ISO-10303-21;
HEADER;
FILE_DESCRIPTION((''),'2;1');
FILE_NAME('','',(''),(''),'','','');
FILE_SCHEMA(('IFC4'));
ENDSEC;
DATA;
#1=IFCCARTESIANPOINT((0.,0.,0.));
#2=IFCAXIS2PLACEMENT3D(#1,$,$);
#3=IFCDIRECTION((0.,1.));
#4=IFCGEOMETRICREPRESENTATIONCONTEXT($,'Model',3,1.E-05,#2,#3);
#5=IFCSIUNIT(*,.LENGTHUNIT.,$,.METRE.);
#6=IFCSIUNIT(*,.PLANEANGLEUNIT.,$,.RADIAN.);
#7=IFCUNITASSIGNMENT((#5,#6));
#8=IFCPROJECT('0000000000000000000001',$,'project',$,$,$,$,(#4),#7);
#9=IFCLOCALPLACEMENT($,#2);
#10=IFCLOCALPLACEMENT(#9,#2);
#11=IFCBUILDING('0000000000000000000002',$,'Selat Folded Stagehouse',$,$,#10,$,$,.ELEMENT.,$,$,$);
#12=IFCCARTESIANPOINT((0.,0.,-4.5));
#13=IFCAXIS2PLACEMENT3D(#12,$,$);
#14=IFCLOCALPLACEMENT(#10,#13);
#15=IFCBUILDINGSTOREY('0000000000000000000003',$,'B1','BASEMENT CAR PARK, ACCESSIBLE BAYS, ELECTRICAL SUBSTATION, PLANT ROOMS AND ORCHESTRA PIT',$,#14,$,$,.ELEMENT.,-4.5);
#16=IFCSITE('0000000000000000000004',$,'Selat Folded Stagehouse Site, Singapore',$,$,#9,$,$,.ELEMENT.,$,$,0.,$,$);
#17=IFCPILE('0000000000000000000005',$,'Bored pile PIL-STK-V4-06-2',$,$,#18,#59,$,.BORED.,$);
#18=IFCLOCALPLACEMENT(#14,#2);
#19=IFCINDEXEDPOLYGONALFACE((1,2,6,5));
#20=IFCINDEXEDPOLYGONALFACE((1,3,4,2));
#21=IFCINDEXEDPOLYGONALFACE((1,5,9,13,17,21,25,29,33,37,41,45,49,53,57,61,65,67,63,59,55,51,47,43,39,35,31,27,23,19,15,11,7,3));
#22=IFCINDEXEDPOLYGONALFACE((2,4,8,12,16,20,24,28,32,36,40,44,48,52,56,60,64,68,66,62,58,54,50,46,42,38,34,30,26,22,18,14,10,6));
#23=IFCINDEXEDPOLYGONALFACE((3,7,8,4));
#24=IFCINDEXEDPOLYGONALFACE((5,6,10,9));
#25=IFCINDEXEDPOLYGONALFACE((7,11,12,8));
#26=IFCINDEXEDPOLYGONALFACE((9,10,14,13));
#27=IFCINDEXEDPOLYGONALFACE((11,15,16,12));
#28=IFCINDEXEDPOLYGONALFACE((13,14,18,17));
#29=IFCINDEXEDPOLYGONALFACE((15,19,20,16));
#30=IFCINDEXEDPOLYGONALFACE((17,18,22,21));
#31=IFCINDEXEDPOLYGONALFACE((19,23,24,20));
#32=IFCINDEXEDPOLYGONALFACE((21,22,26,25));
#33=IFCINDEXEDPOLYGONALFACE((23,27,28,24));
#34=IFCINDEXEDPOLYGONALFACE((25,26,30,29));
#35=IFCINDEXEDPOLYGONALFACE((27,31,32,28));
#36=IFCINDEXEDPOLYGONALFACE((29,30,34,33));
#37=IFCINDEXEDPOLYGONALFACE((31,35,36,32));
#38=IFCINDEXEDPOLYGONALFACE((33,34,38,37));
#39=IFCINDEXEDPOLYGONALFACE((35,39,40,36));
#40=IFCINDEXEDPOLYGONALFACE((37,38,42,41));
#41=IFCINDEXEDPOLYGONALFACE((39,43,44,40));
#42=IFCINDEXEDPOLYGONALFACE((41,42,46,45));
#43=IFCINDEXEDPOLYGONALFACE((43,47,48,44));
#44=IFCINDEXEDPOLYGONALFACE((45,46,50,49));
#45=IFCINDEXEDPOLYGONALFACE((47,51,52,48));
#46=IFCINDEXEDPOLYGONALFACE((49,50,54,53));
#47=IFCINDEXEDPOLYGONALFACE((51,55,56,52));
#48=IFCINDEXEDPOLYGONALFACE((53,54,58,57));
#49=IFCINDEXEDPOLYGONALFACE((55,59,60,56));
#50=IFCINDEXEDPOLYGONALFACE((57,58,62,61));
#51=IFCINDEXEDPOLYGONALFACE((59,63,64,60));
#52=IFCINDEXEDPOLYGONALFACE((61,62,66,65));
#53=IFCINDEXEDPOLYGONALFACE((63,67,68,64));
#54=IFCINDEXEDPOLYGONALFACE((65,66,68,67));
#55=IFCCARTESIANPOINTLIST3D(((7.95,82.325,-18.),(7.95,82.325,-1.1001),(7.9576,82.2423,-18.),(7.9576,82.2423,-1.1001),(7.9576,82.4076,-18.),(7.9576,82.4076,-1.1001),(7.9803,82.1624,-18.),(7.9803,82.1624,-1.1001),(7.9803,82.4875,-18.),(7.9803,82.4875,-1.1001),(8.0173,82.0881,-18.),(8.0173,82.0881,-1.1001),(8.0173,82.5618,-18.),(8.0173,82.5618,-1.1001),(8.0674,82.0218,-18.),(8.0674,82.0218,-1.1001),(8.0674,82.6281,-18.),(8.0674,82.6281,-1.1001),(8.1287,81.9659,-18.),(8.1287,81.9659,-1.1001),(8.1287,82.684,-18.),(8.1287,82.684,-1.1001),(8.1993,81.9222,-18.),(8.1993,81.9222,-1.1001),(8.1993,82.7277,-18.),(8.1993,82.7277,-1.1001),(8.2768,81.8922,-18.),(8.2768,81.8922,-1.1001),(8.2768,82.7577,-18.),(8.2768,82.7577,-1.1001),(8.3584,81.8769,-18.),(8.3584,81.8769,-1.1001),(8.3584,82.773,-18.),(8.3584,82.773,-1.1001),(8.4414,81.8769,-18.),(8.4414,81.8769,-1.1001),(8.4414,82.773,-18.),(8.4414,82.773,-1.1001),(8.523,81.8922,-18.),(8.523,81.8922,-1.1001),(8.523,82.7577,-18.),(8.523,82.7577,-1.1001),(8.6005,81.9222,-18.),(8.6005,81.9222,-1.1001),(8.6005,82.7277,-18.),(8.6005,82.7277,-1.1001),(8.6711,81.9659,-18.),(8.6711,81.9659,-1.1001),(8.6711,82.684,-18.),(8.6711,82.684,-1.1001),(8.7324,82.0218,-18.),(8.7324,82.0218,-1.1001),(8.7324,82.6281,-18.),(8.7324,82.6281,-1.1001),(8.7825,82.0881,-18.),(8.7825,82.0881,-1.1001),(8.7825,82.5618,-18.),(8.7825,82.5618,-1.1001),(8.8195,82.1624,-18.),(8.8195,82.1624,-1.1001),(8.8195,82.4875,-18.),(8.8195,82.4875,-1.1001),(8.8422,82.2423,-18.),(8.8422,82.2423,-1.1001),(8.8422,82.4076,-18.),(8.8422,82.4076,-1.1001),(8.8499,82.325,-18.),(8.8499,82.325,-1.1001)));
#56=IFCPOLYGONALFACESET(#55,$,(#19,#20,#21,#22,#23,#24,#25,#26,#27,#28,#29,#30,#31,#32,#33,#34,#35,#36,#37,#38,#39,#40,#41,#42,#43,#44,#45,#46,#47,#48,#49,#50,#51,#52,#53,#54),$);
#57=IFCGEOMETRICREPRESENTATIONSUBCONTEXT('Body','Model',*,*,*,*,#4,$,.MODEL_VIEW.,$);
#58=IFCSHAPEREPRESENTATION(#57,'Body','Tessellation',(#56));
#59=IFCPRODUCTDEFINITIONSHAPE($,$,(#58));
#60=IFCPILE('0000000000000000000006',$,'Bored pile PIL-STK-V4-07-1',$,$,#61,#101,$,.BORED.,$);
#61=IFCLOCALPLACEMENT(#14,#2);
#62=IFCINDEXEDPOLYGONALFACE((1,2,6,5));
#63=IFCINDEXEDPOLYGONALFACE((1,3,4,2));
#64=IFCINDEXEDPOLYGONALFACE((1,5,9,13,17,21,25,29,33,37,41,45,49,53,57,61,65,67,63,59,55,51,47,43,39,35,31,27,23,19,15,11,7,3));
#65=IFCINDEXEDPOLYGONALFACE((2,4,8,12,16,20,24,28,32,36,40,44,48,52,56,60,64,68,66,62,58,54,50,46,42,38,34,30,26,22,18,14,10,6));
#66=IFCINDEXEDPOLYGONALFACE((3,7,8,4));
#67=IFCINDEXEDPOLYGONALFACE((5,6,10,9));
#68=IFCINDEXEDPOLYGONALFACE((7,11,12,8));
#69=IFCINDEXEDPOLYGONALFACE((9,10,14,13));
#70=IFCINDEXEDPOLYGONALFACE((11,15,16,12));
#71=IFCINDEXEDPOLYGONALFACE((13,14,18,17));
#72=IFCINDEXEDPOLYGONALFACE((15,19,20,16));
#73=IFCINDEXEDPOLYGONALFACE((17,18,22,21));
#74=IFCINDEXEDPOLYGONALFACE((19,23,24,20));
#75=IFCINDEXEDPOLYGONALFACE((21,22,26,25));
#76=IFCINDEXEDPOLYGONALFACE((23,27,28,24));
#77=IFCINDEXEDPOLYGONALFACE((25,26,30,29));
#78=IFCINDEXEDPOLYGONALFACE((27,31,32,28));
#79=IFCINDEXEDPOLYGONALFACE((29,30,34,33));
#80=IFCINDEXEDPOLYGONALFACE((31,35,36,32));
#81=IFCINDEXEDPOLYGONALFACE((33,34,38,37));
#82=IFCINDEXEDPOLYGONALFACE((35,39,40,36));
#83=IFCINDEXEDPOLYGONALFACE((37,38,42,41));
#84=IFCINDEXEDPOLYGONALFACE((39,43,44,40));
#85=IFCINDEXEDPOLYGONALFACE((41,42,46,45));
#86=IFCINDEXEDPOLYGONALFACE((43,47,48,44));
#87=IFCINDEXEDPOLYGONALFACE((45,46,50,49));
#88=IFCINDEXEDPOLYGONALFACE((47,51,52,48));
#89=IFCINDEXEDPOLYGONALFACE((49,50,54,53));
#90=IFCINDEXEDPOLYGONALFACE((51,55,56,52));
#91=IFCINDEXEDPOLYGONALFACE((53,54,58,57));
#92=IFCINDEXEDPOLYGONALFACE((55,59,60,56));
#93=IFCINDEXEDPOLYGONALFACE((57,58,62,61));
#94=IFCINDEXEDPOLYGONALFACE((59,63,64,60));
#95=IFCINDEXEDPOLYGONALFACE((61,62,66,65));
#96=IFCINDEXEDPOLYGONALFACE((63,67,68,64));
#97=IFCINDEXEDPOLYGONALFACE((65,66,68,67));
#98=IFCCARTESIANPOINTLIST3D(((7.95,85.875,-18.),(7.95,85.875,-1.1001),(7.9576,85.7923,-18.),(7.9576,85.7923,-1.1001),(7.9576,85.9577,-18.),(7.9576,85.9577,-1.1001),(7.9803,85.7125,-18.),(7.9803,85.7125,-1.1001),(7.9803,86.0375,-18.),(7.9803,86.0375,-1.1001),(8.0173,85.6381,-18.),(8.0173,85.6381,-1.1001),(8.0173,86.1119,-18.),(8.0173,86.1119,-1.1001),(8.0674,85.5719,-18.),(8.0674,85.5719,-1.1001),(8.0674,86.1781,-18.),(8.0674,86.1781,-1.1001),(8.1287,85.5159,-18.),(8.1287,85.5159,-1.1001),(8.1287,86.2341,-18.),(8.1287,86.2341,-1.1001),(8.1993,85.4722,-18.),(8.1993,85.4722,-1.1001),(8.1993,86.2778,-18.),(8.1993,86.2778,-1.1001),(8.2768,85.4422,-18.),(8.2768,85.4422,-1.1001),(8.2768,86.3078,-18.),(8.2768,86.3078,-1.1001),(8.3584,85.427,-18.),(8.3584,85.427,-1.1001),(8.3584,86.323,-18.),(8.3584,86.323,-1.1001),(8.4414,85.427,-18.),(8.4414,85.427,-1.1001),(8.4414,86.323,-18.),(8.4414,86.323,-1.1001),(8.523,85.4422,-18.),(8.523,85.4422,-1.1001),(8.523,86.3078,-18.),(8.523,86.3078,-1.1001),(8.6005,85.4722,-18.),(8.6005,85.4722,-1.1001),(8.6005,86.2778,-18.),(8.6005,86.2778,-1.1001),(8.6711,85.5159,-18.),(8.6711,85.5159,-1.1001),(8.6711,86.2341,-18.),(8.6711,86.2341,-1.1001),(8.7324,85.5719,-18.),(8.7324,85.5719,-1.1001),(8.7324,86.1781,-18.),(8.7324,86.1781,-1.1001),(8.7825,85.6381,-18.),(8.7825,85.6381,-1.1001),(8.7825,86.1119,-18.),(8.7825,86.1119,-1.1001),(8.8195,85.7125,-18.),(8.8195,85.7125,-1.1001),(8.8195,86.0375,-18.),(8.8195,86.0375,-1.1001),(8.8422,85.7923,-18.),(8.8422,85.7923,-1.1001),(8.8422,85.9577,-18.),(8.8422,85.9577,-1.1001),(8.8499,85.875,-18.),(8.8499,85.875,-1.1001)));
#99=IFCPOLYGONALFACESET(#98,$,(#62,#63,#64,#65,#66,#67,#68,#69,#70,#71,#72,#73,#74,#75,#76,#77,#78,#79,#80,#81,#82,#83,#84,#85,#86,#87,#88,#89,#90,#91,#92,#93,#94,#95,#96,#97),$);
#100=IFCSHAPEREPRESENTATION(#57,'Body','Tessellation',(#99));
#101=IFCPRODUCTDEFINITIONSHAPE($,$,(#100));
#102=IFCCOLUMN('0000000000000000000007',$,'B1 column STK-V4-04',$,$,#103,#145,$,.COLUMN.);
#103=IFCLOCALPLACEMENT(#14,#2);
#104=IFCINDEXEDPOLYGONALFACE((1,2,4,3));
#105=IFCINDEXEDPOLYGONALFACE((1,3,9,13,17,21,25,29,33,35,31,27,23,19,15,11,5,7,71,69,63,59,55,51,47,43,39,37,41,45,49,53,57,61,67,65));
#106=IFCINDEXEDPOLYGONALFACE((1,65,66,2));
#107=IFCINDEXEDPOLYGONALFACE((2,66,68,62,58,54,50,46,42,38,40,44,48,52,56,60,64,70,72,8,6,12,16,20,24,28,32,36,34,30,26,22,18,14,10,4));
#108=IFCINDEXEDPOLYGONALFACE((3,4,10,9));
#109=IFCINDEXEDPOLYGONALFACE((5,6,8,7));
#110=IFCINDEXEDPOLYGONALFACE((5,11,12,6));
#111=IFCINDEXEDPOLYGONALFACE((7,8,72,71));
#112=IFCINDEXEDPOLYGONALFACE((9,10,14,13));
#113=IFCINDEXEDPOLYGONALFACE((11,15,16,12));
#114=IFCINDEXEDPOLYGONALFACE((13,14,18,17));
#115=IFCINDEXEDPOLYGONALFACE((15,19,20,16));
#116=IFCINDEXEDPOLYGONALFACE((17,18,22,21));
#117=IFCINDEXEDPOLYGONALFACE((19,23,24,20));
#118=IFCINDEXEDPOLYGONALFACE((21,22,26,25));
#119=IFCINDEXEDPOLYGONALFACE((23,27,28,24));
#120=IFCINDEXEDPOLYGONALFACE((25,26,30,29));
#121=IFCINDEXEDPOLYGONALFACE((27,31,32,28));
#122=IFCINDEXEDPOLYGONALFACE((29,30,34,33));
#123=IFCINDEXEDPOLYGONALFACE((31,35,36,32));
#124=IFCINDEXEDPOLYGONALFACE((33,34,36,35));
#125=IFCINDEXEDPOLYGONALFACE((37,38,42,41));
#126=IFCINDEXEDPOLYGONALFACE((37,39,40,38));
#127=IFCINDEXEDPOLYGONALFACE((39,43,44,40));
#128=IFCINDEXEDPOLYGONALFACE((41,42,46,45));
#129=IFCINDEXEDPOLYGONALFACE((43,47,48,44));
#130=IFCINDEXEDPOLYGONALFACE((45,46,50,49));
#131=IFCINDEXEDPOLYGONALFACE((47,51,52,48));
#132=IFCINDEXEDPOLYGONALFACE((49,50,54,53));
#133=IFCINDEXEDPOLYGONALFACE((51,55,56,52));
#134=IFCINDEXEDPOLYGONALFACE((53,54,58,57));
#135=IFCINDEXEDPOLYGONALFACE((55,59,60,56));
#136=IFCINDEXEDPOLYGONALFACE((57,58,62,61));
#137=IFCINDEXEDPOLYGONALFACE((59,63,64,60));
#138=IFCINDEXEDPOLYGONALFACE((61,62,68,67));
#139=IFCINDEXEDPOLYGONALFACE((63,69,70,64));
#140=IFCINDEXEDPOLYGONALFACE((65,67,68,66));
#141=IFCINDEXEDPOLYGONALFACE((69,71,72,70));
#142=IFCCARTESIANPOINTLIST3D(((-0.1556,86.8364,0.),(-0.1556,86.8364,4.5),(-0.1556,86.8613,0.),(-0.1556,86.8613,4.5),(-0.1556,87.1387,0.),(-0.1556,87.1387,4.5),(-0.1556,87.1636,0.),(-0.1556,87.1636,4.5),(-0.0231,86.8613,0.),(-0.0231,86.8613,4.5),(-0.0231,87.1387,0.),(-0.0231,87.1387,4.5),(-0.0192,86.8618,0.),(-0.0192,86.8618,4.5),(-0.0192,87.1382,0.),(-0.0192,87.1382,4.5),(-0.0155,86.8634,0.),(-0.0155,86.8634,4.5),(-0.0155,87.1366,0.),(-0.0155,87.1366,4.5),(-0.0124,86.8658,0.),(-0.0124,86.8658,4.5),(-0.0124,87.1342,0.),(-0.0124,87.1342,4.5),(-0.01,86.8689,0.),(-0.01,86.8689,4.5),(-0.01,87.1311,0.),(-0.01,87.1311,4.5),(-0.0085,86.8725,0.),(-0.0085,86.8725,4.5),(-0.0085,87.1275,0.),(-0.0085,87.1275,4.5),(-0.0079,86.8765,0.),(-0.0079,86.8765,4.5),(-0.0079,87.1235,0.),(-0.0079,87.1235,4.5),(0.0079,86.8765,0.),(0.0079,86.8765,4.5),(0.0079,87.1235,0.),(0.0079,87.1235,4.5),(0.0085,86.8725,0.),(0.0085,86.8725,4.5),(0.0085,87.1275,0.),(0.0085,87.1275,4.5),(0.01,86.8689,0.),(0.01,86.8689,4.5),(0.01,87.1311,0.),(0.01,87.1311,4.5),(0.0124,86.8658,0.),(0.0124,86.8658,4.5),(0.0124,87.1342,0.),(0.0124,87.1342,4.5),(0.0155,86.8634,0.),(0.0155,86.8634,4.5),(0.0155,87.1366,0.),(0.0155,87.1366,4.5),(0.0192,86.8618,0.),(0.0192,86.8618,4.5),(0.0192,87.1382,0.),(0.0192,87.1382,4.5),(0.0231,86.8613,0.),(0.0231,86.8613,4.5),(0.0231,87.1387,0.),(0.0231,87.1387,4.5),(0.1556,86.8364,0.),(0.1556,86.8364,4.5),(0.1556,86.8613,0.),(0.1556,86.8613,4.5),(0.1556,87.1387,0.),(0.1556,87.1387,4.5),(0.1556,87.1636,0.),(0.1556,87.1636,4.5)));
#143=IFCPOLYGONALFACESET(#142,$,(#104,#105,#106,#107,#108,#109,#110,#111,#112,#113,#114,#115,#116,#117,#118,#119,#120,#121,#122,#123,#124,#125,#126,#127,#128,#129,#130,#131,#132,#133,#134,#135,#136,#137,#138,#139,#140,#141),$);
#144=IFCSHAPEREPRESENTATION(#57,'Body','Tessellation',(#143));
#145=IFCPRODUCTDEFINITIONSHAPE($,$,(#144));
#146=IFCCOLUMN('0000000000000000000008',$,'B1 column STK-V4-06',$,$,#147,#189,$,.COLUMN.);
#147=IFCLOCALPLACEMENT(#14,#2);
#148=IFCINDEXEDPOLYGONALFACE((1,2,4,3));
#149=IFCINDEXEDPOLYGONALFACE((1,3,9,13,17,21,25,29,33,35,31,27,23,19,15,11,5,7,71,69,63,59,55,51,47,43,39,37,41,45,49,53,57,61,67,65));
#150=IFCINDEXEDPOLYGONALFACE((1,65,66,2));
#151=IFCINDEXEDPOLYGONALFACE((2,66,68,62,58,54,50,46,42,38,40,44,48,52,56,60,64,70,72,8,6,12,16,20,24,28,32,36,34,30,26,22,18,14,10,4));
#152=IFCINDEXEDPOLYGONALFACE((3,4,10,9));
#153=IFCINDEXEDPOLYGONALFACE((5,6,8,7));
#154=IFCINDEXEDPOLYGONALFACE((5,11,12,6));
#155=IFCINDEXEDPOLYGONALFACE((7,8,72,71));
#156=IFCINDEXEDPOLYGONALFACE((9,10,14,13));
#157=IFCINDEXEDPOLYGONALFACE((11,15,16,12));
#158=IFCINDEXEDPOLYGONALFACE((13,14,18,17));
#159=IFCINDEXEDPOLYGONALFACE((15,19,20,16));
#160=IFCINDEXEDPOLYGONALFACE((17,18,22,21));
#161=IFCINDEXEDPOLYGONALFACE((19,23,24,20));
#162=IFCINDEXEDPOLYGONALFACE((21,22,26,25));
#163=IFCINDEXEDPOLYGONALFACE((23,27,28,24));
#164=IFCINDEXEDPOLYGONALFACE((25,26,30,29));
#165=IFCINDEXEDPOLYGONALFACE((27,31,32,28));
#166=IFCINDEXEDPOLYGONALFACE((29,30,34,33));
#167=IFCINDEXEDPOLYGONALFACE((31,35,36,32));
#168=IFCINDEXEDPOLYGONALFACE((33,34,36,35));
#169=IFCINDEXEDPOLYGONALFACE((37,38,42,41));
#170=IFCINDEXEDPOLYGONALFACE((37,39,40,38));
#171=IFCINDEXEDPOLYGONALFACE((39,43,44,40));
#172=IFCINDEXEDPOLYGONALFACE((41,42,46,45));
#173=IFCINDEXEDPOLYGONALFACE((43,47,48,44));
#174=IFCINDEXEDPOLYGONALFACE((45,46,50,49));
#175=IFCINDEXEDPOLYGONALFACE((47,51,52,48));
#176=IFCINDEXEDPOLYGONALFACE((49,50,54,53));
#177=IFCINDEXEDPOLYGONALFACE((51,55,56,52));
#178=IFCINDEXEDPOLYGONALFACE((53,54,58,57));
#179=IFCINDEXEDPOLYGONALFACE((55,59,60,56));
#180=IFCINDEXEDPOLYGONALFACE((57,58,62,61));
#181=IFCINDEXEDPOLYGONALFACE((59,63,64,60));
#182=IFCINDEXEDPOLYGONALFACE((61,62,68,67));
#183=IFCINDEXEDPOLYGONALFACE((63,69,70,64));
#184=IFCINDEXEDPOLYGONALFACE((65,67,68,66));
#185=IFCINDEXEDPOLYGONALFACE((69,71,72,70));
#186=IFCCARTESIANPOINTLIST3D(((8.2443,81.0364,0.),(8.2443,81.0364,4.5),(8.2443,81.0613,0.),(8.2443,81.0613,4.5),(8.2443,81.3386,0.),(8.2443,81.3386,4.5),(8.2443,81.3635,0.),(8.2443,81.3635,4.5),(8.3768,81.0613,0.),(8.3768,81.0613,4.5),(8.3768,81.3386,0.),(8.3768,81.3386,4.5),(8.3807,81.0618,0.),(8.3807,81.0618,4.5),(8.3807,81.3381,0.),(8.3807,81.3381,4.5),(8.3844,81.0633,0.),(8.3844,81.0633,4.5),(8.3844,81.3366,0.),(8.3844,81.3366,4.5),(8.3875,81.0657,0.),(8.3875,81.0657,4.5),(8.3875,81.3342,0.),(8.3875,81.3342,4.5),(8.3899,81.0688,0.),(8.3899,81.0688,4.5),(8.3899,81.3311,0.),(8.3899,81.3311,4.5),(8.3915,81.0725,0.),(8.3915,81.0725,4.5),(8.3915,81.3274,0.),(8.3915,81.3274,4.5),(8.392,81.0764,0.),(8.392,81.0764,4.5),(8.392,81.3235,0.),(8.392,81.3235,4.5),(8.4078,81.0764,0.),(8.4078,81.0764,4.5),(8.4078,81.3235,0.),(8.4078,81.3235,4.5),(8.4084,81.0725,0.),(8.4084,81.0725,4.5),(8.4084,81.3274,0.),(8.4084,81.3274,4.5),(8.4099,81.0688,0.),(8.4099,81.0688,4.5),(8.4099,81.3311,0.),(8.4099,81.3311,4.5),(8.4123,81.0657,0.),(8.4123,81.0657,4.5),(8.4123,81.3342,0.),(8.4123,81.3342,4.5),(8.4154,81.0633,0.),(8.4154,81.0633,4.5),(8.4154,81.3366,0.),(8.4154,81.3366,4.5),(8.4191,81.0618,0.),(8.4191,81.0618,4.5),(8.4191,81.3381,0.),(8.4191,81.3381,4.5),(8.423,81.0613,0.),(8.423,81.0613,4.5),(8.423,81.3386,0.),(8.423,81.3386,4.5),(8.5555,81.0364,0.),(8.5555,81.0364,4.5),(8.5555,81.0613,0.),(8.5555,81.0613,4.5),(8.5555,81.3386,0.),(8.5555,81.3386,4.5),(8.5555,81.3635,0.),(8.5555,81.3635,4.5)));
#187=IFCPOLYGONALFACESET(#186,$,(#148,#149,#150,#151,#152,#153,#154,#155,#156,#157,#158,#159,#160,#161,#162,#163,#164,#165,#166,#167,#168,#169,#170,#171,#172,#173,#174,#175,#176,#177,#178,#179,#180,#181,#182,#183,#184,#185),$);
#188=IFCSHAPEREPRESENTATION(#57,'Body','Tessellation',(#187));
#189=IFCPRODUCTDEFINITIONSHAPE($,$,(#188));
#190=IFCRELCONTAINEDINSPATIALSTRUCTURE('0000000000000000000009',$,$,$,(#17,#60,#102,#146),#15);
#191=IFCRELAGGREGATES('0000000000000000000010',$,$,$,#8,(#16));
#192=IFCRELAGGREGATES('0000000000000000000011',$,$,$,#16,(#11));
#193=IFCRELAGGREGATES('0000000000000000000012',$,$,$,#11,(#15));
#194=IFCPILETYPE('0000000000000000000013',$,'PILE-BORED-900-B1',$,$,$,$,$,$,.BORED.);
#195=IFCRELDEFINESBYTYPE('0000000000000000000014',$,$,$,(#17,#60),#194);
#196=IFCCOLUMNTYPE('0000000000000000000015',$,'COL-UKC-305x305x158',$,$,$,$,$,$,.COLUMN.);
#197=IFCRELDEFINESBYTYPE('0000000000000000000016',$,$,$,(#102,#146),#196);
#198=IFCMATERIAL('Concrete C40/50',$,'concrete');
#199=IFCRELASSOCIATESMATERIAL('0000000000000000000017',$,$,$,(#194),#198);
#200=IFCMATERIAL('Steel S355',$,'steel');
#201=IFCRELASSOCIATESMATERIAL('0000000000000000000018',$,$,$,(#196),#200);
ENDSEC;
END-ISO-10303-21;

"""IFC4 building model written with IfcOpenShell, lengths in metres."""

from ifc_helpers import new_model, si_unit, direction, frame, origin, origin_2d, place, context, subcontext, project, spatial, circle, i_section, extrude, material, material_profile, profile_set, type_object, element, save


model = new_model("IFC4")

# Units and contexts
model_context = context("Model", 3, precision=1e-05, world=origin(), true_north=direction((0.0, 1.0)))
body_context = subcontext(model_context, "Body", "Model", "MODEL_VIEW")
ifc_project = project(units=[si_unit("LENGTHUNIT", "METRE"), si_unit("PLANEANGLEUNIT", "RADIAN")], contexts=[model_context])

# Site, building, storey
site_placement = place(None, origin())
site = spatial("IfcSite", under=ifc_project, at=site_placement, Name="Selat Folded Stagehouse Site, Singapore", CompositionType="ELEMENT", RefElevation=0.0)
building_placement = place(site_placement, origin())
building = spatial("IfcBuilding", under=site, at=building_placement, Name="Selat Folded Stagehouse", CompositionType="ELEMENT")
storey_placement = place(building_placement, frame((0.0, 0.0, -4.5)))
storey = spatial("IfcBuildingStorey", under=building, at=storey_placement, Name="B1", Description="BASEMENT CAR PARK, ACCESSIBLE BAYS, ELECTRICAL SUBSTATION, PLANT ROOMS AND ORCHESTRA PIT", CompositionType="ELEMENT", Elevation=-4.5)

# Shared definitions
ifc_material_1 = material(Name="Concrete C40/50", Category="concrete")

# Piles
ifc_material_profile_1 = material_profile(ifc_material_1, circle(Radius=0.45, at=origin_2d()), Name="PILE D900")
ifc_profile_set_1 = profile_set([ifc_material_profile_1], Name="Concrete C40/50")
pile_type = type_object("IfcPileType", Name="PILE-BORED-900-B1", PredefinedType="BORED", material=ifc_profile_set_1)
for number, where, z_axis, x_axis, name in (
    (1, (8.3999, 82.325, -1.1001), (0.0, 0.0, -1.0), (1.0, 0.0, 0.0), "Bored pile PIL-STK-V4-06-2"),
    (2, (8.3999, 85.875, -1.1001), (0.0, 0.0, -1.0), (1.0, 0.0, 0.0), "Bored pile PIL-STK-V4-07-1"),
):
    element("IfcPile", number, at=place(storey_placement, frame(where, z_axis=z_axis, x_axis=x_axis)), inside=storey, type_object=pile_type, Name=name, PredefinedType="BORED", context=body_context, shape_type="SweptSolid", body=[
        extrude(circle(Radius=0.45, at=origin_2d()), origin(), (0.0, 0.0, 1.0), 16.8999),
    ])

# Columns
ifc_material_2 = material(Name="Steel S355", Category="steel")
ifc_material_profile_2 = material_profile(ifc_material_2, i_section(OverallWidth=0.3113, OverallDepth=0.3271, WebThickness=0.0159, FlangeThickness=0.0249, FilletRadius=0.0151, at=origin_2d()), Name="UKC 305x305x158")
ifc_profile_set_2 = profile_set([ifc_material_profile_2], Name="Steel S355")
column_type = type_object("IfcColumnType", Name="COL-UKC-305x305x158", PredefinedType="COLUMN", material=ifc_profile_set_2)
for number, where, z_axis, x_axis, name in (
    (3, (0.0, 87.0, 0.0), (0.0, 0.0, 1.0), (1.0, 0.0, 0.0), "B1 column STK-V4-04"),
    (4, (8.3999, 81.2, 0.0), (0.0, 0.0, 1.0), (1.0, 0.0, 0.0), "B1 column STK-V4-06"),
):
    element("IfcColumn", number, at=place(storey_placement, frame(where, z_axis=z_axis, x_axis=x_axis)), inside=storey, type_object=column_type, Name=name, PredefinedType="COLUMN", context=body_context, shape_type="SweptSolid", body=[
        extrude(i_section(OverallWidth=0.3113, OverallDepth=0.3271, WebThickness=0.0159, FlangeThickness=0.0249, FilletRadius=0.0151, at=origin_2d()), origin(), (0.0, 0.0, 1.0), 4.5),
    ])

save(model, "model.ifc")
